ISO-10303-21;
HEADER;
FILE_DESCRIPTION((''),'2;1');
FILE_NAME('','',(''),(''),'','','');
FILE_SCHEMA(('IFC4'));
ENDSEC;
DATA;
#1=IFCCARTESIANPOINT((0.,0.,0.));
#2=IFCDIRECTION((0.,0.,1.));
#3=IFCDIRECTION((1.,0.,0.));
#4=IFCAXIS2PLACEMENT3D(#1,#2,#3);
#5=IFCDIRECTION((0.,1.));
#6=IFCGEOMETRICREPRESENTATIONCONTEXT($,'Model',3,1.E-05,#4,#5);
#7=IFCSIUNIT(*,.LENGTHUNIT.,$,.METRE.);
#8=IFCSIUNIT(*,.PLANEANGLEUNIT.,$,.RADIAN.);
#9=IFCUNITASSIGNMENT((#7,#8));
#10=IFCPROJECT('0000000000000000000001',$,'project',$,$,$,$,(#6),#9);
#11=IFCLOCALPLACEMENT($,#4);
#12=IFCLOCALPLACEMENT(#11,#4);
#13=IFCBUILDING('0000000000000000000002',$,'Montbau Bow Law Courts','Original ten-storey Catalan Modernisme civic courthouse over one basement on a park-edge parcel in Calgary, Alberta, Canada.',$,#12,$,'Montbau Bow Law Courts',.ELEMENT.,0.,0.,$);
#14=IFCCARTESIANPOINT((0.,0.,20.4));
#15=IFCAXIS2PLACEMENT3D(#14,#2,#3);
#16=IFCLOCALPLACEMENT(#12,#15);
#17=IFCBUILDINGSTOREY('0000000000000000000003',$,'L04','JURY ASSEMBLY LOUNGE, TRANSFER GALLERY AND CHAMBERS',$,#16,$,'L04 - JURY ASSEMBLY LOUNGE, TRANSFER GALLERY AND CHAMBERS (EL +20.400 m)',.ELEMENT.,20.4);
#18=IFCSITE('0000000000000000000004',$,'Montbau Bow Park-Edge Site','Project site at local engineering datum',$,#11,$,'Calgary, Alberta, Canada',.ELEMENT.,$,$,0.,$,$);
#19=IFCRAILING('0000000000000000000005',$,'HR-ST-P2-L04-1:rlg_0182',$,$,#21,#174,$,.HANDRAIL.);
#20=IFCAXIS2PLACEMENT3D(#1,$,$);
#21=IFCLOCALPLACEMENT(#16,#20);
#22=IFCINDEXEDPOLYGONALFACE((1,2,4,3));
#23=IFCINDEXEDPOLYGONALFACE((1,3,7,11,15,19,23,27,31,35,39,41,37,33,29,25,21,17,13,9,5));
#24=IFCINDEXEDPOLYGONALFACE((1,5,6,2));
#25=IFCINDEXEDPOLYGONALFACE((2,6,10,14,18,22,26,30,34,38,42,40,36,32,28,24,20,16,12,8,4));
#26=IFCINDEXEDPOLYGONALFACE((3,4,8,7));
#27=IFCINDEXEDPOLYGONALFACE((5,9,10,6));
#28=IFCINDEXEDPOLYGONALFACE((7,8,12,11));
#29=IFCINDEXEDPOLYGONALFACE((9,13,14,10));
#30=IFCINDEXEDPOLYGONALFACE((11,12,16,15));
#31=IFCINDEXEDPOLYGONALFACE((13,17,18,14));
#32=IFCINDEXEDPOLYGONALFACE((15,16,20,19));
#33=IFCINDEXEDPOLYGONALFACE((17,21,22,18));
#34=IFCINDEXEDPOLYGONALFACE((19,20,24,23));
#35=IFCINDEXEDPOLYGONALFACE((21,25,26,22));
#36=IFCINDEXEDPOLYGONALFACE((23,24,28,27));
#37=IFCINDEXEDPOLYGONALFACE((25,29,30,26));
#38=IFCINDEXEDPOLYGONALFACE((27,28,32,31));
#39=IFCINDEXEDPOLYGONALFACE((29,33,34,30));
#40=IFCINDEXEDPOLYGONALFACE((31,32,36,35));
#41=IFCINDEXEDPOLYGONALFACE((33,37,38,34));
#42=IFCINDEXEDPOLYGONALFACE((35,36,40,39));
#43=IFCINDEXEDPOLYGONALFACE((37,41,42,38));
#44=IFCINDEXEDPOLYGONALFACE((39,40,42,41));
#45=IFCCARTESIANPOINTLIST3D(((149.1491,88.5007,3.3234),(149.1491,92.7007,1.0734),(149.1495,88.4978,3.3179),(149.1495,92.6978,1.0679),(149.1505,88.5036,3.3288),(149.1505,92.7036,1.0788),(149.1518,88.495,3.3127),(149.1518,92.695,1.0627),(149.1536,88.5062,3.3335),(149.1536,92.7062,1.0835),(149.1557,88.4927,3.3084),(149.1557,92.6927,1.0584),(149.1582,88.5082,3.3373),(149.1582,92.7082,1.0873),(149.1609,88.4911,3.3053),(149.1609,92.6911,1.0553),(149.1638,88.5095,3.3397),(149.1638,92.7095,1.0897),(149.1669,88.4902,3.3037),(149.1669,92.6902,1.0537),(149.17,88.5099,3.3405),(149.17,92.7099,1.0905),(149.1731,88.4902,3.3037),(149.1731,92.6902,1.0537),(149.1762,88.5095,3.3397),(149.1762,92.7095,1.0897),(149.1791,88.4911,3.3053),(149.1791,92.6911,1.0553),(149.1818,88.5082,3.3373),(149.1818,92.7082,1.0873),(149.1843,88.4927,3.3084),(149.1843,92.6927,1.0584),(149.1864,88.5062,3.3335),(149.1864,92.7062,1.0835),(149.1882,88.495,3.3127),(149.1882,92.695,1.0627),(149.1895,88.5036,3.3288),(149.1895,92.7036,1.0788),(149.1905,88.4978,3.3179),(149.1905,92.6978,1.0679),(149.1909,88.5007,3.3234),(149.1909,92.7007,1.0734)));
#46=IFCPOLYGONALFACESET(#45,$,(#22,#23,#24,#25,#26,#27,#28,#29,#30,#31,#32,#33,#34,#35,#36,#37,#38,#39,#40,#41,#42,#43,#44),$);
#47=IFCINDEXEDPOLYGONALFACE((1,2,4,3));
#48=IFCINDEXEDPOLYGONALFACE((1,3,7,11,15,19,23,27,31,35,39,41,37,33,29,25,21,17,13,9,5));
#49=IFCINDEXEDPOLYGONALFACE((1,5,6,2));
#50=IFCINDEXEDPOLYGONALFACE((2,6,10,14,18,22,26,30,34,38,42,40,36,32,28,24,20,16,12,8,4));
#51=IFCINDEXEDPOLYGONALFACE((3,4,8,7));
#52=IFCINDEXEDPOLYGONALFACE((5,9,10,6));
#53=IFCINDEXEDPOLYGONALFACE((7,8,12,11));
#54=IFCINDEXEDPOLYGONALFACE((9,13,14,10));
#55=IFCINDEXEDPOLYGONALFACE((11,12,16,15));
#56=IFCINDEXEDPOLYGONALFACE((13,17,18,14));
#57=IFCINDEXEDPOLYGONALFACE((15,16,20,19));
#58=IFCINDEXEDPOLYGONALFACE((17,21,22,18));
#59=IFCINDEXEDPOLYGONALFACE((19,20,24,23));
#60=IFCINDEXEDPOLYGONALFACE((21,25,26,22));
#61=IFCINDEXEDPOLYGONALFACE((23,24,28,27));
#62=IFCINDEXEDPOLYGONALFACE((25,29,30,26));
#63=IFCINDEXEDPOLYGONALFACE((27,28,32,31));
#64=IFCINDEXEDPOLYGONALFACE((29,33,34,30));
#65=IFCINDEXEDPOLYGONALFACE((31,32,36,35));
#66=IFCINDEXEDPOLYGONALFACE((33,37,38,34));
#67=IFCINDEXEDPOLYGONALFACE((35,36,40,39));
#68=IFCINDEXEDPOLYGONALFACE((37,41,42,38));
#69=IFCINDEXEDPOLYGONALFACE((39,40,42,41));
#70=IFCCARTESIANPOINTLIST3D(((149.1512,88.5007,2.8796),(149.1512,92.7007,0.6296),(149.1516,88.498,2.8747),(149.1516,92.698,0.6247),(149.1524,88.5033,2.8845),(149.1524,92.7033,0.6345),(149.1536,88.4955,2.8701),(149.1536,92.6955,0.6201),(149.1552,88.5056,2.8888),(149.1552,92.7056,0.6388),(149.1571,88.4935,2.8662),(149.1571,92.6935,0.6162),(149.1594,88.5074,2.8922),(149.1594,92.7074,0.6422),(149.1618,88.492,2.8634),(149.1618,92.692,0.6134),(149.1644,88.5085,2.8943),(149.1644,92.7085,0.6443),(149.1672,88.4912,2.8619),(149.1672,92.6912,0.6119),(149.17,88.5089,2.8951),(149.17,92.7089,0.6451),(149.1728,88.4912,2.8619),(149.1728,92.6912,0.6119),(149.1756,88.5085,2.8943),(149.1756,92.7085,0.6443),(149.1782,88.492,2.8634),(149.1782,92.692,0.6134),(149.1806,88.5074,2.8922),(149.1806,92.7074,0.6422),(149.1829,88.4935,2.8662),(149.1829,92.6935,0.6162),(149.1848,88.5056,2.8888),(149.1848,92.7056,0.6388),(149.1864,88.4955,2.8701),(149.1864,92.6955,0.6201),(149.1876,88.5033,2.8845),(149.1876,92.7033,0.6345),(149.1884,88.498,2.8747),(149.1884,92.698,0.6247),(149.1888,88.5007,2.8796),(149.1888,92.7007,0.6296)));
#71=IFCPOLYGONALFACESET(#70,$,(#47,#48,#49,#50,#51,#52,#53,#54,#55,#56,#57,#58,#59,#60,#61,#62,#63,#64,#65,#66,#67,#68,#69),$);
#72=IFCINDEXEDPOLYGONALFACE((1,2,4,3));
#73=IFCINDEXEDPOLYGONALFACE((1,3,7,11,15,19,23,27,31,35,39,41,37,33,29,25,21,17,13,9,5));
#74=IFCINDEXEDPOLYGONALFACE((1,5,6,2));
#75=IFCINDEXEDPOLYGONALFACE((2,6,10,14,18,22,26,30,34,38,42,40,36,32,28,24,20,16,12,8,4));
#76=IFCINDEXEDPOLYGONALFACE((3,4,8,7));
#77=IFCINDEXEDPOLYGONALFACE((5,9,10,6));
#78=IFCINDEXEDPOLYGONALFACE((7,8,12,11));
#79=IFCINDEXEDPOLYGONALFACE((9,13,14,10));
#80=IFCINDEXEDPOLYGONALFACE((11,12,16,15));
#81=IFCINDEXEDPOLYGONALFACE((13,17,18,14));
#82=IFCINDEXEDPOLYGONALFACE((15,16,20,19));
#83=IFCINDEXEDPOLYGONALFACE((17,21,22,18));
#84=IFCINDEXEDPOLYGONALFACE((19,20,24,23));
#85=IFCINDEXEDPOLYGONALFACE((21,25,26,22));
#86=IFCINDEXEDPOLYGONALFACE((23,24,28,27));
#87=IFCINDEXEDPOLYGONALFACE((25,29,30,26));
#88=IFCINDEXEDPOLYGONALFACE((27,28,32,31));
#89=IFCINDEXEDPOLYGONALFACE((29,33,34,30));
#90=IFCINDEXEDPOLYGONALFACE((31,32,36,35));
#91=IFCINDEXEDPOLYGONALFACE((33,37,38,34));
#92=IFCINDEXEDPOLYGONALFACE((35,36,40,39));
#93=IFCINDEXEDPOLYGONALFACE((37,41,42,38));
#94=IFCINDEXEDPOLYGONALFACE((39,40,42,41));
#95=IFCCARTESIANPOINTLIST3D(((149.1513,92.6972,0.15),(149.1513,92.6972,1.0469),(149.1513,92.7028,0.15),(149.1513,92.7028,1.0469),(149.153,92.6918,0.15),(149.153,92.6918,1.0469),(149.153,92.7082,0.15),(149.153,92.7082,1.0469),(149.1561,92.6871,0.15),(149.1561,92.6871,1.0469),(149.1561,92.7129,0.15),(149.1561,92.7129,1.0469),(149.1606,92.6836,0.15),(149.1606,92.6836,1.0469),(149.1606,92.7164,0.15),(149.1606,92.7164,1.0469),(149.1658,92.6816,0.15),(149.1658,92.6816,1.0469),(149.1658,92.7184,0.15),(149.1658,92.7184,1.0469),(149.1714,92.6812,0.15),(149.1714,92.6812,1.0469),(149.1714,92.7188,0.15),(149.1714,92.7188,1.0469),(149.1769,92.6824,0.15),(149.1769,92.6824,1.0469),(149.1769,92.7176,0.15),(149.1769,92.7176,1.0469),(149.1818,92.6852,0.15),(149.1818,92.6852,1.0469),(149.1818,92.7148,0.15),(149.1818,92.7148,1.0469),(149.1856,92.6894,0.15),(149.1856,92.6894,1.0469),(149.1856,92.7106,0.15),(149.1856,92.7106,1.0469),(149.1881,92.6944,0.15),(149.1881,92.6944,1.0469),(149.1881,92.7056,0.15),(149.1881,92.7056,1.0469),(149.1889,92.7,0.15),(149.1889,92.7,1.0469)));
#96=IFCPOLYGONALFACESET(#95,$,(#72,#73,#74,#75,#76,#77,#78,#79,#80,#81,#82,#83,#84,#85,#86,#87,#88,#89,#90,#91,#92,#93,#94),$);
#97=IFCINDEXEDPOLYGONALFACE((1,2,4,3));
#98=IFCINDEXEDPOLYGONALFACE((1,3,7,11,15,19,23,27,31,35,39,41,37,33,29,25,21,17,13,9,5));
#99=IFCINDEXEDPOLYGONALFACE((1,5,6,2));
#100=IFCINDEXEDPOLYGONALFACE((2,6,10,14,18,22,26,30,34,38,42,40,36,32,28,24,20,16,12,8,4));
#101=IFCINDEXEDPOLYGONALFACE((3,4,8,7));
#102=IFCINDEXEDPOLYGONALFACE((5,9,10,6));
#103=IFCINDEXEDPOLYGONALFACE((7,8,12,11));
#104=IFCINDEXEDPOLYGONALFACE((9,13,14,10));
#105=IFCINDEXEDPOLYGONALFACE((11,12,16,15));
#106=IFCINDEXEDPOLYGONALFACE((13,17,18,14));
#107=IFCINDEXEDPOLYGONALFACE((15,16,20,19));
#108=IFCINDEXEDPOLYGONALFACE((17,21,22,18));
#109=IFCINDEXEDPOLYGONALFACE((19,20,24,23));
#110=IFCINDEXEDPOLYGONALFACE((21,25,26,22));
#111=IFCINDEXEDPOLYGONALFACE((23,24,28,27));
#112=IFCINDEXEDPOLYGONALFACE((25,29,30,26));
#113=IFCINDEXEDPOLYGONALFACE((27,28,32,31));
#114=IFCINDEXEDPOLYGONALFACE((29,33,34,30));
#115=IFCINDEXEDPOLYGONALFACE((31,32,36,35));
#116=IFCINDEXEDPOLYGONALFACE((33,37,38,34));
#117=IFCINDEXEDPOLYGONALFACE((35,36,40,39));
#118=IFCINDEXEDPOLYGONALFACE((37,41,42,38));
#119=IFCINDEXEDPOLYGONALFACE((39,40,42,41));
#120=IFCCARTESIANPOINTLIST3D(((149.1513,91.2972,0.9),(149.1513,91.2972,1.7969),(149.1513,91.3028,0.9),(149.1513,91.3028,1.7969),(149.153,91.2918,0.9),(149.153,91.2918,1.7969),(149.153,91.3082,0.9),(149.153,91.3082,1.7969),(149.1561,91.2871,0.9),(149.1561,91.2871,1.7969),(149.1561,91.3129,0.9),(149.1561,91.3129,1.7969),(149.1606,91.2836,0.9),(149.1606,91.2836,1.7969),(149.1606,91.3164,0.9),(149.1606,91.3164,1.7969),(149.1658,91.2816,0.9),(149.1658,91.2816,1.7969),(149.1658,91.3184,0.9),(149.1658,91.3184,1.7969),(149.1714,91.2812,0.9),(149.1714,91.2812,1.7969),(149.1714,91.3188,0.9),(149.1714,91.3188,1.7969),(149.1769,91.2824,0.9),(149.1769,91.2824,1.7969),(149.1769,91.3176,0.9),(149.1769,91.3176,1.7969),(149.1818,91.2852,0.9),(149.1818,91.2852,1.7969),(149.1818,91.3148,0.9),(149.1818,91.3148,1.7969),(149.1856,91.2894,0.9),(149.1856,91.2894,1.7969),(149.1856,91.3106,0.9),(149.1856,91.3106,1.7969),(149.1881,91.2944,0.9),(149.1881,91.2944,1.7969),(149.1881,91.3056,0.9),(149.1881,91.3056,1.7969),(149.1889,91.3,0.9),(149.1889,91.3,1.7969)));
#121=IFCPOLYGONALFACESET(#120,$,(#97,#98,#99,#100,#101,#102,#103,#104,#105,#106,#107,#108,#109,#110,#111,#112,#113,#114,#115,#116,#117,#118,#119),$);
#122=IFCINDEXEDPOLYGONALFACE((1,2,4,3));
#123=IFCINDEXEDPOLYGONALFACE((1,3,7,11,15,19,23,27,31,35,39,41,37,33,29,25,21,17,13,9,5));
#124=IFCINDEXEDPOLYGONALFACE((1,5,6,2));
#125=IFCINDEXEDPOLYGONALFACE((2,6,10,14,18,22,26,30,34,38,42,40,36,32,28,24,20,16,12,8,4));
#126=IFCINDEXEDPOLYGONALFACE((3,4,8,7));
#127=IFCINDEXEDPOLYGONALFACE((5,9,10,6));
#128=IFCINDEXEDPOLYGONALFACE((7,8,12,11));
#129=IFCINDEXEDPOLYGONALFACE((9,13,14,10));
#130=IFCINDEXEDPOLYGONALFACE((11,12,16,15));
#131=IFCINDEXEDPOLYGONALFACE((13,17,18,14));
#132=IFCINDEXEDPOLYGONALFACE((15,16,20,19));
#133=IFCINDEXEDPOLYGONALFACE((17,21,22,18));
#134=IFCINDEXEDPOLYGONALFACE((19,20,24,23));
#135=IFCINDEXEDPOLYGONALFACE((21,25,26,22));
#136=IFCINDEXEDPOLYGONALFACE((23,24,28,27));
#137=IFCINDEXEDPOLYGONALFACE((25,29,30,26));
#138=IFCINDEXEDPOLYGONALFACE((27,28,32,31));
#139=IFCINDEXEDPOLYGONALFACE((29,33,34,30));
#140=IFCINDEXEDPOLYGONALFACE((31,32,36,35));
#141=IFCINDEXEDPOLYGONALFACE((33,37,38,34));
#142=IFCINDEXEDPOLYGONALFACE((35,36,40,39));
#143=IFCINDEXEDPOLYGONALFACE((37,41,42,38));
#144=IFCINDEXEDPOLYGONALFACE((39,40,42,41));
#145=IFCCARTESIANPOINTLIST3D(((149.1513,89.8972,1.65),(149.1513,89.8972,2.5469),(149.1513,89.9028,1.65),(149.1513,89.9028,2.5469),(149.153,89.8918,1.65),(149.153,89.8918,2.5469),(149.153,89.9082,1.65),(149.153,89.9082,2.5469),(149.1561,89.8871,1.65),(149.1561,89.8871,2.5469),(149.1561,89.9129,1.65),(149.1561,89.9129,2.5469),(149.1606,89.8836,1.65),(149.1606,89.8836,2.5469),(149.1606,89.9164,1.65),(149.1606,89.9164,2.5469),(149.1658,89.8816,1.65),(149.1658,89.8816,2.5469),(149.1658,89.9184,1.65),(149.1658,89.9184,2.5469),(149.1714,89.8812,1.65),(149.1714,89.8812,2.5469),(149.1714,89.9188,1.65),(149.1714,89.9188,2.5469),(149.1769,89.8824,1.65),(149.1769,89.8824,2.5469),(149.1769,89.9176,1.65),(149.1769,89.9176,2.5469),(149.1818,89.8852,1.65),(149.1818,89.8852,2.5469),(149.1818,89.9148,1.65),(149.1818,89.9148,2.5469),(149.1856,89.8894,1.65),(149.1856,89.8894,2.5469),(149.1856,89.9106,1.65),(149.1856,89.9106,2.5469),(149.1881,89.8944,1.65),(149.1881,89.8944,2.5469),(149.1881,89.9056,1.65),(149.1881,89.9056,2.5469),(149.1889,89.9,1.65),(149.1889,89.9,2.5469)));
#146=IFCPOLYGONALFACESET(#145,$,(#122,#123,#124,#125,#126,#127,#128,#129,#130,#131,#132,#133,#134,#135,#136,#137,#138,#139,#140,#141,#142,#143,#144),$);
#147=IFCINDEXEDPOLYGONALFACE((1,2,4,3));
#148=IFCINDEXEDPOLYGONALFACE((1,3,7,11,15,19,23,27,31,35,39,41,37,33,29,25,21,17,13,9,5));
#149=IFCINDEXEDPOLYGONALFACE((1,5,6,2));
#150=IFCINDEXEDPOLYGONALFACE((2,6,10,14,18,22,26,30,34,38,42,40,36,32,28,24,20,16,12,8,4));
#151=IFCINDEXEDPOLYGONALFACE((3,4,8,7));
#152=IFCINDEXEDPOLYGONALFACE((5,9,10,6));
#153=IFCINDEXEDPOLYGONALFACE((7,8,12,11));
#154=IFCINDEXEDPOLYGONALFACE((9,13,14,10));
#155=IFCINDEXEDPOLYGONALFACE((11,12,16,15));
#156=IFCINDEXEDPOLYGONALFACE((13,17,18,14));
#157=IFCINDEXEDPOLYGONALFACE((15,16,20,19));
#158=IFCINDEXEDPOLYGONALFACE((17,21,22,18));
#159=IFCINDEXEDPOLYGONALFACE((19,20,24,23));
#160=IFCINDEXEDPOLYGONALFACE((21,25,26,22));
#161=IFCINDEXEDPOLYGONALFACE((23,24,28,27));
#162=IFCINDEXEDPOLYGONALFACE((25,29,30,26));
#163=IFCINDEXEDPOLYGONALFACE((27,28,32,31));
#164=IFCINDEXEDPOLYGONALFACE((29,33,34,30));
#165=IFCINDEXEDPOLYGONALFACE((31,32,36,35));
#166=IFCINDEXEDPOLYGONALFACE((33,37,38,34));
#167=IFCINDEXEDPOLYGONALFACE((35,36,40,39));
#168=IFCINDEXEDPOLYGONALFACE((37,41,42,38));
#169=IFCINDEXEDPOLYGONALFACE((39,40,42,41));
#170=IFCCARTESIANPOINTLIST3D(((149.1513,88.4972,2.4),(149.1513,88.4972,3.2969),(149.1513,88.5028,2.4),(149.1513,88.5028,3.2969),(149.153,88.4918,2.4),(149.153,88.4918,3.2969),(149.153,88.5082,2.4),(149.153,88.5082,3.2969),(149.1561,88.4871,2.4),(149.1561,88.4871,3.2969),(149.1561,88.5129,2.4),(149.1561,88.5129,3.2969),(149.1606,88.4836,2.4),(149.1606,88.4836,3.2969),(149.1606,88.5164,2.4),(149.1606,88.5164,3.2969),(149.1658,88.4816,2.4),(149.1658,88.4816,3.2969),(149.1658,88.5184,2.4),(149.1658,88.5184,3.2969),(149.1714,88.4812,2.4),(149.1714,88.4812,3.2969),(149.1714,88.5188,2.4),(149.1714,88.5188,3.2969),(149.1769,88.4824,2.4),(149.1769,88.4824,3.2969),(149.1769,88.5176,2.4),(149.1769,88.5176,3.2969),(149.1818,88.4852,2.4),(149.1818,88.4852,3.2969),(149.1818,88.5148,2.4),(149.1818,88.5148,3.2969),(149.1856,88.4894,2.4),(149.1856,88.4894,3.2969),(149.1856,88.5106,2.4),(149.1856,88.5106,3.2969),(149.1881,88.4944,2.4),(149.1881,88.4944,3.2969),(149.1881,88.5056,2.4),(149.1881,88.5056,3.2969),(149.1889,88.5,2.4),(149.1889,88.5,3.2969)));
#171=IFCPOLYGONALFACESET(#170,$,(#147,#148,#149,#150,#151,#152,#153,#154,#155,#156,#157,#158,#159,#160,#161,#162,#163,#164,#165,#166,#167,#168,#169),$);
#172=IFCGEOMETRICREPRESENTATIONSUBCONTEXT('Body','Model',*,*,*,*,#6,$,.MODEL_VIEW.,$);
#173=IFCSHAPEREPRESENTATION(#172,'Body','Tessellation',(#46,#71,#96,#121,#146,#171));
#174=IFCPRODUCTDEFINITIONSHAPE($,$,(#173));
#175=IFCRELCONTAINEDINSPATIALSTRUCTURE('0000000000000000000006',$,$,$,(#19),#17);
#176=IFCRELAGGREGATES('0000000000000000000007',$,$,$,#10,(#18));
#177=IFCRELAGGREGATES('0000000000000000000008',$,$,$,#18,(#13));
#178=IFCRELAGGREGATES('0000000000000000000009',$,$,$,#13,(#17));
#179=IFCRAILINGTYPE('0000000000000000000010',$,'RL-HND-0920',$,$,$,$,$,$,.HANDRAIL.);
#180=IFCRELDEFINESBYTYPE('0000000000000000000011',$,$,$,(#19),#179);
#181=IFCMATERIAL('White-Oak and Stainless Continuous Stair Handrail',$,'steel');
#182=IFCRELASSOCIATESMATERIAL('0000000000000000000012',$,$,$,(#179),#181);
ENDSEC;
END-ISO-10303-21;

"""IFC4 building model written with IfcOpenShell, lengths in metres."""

from ifc_helpers import new_model, si_unit, direction, frame, origin_with_axes, origin_2d_with_axis, place, context, subcontext, project, spatial, circle, extrude, material, type_object, element, save


model = new_model("IFC4")

# Units and contexts
model_context = context("Model", 3, precision=1e-05, world=origin_with_axes(), true_north=direction((0.0, 1.0)))
body_context = subcontext(model_context, "Body", "Model", "MODEL_VIEW")
ifc_project = project(units=[si_unit("LENGTHUNIT", "METRE"), si_unit("PLANEANGLEUNIT", "RADIAN")], contexts=[model_context])

# Site, building, storey
site_placement = place(None, origin_with_axes())
site = spatial("IfcSite", under=ifc_project, at=site_placement, Name="Montbau Bow Park-Edge Site", Description="Project site at local engineering datum", LongName="Calgary, Alberta, Canada", CompositionType="ELEMENT", RefElevation=0.0)
building_placement = place(site_placement, origin_with_axes())
building = spatial("IfcBuilding", under=site, at=building_placement, Name="Montbau Bow Law Courts", Description="Original ten-storey Catalan Modernisme civic courthouse over one basement on a park-edge parcel in Calgary, Alberta, Canada.", LongName="Montbau Bow Law Courts", CompositionType="ELEMENT", ElevationOfRefHeight=0.0, ElevationOfTerrain=0.0)
storey_placement = place(building_placement, frame((0.0, 0.0, 20.4), z_axis=(0.0, 0.0, 1.0), x_axis=(1.0, 0.0, 0.0)))
storey = spatial("IfcBuildingStorey", under=building, at=storey_placement, Name="L04", Description="JURY ASSEMBLY LOUNGE, TRANSFER GALLERY AND CHAMBERS", LongName="L04 - JURY ASSEMBLY LOUNGE, TRANSFER GALLERY AND CHAMBERS (EL +20.400 m)", CompositionType="ELEMENT", Elevation=20.4)

# Railing
ifc_material_1 = material(Name="White-Oak and Stainless Continuous Stair Handrail", Category="steel")
railing_type_1 = type_object("IfcRailingType", Name="RL-HND-0920", PredefinedType="HANDRAIL", material=ifc_material_1)
railing_1_placement = place(None, origin_with_axes())
element("IfcRailing", 1, at=railing_1_placement, inside=storey, type_object=railing_type_1, Name="HR-ST-P2-L04-1:rlg_0182", PredefinedType="HANDRAIL", context=body_context, shape_type="SweptSolid", body=[
    extrude(circle(Radius=0.021, at=origin_2d_with_axis()), frame((149.17, 92.7, 21.472), z_axis=(0.0, -0.88148, 0.472221), x_axis=(0.0, 0.472221, 0.88148)), (0.0, 0.0, 1.0), 4.7647),
    extrude(circle(Radius=0.0189, at=origin_2d_with_axis()), frame((149.17, 92.7, 21.0284), z_axis=(0.0, -0.88148, 0.472221), x_axis=(0.0, 0.472221, 0.88148)), (0.0, 0.0, 1.0), 4.7647),
    extrude(circle(Radius=0.0189, at=origin_2d_with_axis()), frame((149.17, 92.7, 20.55), z_axis=(0.0, 0.0, 1.0), x_axis=(1.0, 0.0, 0.0)), (0.0, 0.0, 1.0), 0.8969),
    extrude(circle(Radius=0.0189, at=origin_2d_with_axis()), frame((149.17, 91.3, 21.3), z_axis=(0.0, 0.0, 1.0), x_axis=(1.0, 0.0, 0.0)), (0.0, 0.0, 1.0), 0.8969),
    extrude(circle(Radius=0.0189, at=origin_2d_with_axis()), frame((149.17, 89.9, 22.05), z_axis=(0.0, 0.0, 1.0), x_axis=(1.0, 0.0, 0.0)), (0.0, 0.0, 1.0), 0.8969),
    extrude(circle(Radius=0.0189, at=origin_2d_with_axis()), frame((149.17, 88.5, 22.8), z_axis=(0.0, 0.0, 1.0), x_axis=(1.0, 0.0, 0.0)), (0.0, 0.0, 1.0), 0.8969),
])

save(model, "model.ifc")
